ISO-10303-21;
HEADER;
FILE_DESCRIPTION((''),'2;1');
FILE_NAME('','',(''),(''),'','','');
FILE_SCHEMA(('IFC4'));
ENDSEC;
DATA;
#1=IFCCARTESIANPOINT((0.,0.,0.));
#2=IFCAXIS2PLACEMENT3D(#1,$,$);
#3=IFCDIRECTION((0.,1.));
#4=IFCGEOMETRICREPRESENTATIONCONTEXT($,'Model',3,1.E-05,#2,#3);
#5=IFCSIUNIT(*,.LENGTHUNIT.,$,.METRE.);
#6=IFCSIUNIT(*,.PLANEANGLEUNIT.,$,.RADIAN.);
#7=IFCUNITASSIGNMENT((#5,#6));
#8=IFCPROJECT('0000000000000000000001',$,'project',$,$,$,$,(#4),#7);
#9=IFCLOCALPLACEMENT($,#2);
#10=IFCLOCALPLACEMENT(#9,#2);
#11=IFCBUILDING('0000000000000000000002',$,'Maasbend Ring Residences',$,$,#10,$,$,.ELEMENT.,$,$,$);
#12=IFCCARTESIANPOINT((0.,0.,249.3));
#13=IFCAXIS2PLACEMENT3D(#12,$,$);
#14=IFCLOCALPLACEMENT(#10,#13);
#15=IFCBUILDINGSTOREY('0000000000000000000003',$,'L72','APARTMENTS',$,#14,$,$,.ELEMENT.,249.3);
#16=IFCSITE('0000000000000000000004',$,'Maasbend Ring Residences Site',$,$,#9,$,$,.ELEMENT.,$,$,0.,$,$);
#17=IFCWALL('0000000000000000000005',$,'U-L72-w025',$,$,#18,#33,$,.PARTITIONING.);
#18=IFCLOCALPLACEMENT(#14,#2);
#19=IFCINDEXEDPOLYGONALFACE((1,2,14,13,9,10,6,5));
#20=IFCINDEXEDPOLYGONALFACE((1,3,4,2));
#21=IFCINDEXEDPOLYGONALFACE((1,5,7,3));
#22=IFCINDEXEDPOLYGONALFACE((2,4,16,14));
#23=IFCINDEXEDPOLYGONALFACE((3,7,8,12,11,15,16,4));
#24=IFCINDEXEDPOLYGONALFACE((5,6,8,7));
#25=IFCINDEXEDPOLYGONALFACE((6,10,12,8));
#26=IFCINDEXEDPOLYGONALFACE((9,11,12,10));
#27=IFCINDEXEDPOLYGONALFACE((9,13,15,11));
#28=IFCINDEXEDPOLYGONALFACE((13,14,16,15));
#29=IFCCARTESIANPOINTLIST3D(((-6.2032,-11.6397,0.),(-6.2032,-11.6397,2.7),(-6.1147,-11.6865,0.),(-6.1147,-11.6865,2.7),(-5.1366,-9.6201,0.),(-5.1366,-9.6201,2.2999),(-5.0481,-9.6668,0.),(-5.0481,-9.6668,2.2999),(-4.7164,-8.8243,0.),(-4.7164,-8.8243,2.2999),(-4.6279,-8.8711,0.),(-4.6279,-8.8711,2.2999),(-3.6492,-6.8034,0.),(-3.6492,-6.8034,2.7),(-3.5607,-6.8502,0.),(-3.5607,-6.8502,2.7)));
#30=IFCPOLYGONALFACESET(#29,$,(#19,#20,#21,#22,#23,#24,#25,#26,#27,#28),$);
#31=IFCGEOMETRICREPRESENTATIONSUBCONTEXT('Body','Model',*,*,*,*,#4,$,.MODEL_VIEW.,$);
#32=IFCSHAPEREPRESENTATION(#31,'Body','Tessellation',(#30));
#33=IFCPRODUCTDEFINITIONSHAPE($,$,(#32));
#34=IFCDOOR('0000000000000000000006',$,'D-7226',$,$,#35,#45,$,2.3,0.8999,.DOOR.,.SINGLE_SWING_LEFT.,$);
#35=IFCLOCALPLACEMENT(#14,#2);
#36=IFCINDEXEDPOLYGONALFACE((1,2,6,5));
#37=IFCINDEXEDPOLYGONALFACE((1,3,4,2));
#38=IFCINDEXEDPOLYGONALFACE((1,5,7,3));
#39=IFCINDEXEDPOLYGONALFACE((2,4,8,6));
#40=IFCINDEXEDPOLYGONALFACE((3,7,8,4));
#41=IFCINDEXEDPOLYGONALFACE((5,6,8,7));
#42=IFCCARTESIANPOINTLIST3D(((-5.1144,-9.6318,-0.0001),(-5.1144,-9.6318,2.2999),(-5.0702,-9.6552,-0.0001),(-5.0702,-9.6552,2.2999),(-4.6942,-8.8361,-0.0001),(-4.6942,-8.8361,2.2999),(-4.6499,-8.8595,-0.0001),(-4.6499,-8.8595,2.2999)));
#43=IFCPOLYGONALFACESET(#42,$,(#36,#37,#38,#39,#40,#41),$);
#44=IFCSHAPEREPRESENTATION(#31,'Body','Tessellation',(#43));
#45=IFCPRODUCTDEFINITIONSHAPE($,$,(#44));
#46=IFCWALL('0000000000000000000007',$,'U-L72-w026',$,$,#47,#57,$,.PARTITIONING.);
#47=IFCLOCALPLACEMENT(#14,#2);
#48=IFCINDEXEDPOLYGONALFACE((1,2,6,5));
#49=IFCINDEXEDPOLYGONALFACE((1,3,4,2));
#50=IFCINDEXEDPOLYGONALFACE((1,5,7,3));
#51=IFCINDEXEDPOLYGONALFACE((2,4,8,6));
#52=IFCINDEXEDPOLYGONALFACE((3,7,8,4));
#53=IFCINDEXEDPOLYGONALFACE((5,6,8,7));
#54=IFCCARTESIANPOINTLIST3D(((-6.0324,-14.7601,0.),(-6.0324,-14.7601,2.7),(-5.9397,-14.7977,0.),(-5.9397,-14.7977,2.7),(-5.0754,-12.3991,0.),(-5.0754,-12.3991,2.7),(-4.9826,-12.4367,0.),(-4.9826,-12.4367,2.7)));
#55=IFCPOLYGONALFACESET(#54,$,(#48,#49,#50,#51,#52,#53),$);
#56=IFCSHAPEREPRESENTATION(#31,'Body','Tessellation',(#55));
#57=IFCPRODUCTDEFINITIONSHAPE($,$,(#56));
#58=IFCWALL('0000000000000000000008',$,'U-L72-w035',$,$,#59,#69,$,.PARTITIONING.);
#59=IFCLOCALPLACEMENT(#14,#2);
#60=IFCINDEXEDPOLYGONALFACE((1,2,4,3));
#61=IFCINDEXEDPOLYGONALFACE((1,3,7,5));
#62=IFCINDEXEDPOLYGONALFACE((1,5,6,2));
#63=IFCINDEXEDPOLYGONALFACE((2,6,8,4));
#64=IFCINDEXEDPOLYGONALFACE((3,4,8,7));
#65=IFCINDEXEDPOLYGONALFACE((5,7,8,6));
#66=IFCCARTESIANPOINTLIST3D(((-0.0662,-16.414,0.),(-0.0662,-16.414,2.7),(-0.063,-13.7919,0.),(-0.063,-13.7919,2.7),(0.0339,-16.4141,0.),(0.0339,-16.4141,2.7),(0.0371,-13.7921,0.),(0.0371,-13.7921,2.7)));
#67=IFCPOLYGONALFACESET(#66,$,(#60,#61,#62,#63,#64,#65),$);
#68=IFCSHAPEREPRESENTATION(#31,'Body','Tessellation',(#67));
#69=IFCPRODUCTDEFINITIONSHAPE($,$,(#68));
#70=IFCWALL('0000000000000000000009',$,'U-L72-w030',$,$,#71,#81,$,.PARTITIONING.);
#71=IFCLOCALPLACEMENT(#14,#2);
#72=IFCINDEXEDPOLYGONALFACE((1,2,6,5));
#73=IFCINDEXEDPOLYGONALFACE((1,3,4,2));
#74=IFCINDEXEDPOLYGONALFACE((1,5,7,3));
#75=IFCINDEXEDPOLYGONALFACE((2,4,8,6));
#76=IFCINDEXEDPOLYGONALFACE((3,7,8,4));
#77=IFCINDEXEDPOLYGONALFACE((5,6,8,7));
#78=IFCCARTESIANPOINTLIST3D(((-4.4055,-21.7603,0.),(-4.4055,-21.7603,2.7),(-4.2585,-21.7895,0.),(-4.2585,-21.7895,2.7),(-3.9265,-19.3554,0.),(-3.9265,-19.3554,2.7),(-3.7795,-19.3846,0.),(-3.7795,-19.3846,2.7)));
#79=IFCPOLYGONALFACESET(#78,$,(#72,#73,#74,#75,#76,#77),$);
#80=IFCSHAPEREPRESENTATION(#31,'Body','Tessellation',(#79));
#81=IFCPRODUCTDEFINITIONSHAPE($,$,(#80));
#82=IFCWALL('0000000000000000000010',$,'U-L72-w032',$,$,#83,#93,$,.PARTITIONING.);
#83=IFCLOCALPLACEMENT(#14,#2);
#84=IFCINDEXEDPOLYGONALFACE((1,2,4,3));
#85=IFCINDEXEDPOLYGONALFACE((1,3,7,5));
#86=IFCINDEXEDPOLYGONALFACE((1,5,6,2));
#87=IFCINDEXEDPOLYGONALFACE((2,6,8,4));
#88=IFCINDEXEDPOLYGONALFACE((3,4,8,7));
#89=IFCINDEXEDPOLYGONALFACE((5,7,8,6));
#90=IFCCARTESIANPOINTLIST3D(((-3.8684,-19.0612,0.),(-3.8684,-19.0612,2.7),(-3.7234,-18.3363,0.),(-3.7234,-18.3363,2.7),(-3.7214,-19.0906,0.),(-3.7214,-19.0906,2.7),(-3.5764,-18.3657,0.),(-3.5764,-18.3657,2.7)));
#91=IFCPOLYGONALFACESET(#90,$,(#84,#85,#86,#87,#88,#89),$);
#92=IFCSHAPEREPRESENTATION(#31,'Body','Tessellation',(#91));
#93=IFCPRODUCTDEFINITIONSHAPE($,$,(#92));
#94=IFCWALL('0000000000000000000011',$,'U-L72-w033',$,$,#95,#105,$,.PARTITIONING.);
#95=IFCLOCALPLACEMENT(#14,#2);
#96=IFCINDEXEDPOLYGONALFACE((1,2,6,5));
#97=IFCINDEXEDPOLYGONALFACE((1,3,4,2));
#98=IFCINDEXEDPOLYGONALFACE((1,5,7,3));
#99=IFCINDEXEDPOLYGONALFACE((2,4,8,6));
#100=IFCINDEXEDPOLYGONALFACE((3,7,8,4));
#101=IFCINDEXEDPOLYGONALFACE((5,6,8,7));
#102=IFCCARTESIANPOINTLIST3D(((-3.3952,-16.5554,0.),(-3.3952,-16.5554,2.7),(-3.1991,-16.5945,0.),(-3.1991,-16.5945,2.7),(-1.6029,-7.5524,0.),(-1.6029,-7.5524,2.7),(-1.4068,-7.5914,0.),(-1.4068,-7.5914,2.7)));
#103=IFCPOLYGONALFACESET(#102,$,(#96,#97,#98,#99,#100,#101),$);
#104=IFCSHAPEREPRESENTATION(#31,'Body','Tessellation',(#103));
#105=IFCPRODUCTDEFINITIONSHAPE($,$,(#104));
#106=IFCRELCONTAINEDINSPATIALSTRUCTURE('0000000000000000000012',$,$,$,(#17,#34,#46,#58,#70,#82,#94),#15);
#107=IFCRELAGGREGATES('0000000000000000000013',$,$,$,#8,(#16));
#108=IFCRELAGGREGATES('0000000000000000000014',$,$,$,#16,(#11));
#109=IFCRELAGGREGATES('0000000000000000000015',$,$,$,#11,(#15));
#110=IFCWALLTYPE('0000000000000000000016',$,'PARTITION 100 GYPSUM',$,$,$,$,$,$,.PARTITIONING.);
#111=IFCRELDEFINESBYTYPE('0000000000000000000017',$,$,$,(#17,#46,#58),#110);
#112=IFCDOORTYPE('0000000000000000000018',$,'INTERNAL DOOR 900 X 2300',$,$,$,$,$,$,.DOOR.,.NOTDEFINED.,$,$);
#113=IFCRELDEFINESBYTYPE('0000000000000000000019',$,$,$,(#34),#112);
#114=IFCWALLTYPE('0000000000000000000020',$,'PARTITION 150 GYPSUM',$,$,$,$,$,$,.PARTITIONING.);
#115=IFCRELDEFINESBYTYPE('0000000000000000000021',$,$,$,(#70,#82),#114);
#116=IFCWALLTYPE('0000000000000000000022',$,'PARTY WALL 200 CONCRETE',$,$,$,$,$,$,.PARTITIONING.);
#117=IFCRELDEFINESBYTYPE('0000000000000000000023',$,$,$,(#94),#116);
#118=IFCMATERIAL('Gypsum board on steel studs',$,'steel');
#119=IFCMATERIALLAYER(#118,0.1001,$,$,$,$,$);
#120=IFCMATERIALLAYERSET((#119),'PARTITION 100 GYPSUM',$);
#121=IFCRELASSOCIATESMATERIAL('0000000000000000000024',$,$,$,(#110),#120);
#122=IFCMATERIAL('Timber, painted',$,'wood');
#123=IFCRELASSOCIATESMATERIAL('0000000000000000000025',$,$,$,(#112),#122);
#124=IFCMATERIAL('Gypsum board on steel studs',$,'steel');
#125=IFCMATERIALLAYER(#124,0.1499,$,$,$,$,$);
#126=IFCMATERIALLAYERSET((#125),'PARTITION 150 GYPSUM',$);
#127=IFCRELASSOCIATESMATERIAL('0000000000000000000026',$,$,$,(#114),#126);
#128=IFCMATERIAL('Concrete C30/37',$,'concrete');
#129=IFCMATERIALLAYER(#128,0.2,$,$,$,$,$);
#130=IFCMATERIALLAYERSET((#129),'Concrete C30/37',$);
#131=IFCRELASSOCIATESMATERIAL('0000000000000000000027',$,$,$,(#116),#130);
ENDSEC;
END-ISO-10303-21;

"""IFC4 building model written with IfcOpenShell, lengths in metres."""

from ifc_helpers import new_model, si_unit, direction, frame, frame_2d, origin, place, context, subcontext, project, spatial, rectangle, extrude, material, layer, layer_set, type_object, element, fill, save


model = new_model("IFC4")

# Units and contexts
model_context = context("Model", 3, precision=1e-05, world=origin(), true_north=direction((0.0, 1.0)))
body_context = subcontext(model_context, "Body", "Model", "MODEL_VIEW")
ifc_project = project(units=[si_unit("LENGTHUNIT", "METRE"), si_unit("PLANEANGLEUNIT", "RADIAN")], contexts=[model_context])

# Site, building, storey
site_placement = place(None, origin())
site = spatial("IfcSite", under=ifc_project, at=site_placement, Name="Maasbend Ring Residences Site", CompositionType="ELEMENT", RefElevation=0.0)
building_placement = place(site_placement, origin())
building = spatial("IfcBuilding", under=site, at=building_placement, Name="Maasbend Ring Residences", CompositionType="ELEMENT")
storey_placement = place(building_placement, frame((0.0, 0.0, 249.3)))
storey = spatial("IfcBuildingStorey", under=building, at=storey_placement, Name="L72", Description="APARTMENTS", CompositionType="ELEMENT", Elevation=249.3)

# Wall, opening, door
ifc_material_1 = material(Name="Gypsum board on steel studs", Category="steel")
ifc_layer_1 = layer(ifc_material_1, 0.1001)
ifc_layer_set_1 = layer_set([ifc_layer_1], Name="PARTITION 100 GYPSUM")
wall_type_1 = type_object("IfcWallType", Name="PARTITION 100 GYPSUM", PredefinedType="PARTITIONING", material=ifc_layer_set_1)
ifc_material_2 = material(Name="Timber, painted", Category="wood")
door_type_1 = type_object("IfcDoorType", Name="INTERNAL DOOR 900 X 2300", OperationType="NOTDEFINED", PredefinedType="DOOR", material=ifc_material_2)
wall_1_placement = place(storey_placement, frame((-6.1589, -11.6631, 0.0), z_axis=(0.0, 0.0, 1.0), x_axis=(0.466977, 0.88427, 0.0)))
wall_1 = element("IfcWall", 1, at=wall_1_placement, inside=storey, type_object=wall_type_1, Name="U-L72-w025", PredefinedType="PARTITIONING", context=body_context, shape_type="SweptSolid", body=[
    extrude(rectangle(XDim=5.4692, YDim=0.1001, at=frame_2d((2.7346, 0.0))), origin(), (0.0, 0.0, 1.0), 2.7),
])
opening_1_placement = place(wall_1_placement, frame((2.2839, 0.0, 0.0)))
opening_1 = element("IfcOpeningElement", 2, at=opening_1_placement, cuts=wall_1, PredefinedType="OPENING", context=body_context, shape_type="SweptSolid", body=[
    extrude(rectangle(XDim=0.8999, YDim=2.3, at=frame_2d((0.45, 1.1499))), frame((0.0, 0.0601, 0.0), z_axis=(0.0, -1.0, 0.0), x_axis=(1.0, 0.0, 0.0)), (0.0, 0.0, 1.0), 0.1201),
])
door_1_placement = place(opening_1_placement, origin())
door_1 = element("IfcDoor", 3, at=door_1_placement, inside=storey, type_object=door_type_1, Name="D-7226", OperationType="SINGLE_SWING_LEFT", OverallHeight=2.3, OverallWidth=0.8999, PredefinedType="DOOR", context=body_context, shape_type="SweptSolid", body=[
    extrude(rectangle(XDim=0.8999, YDim=2.3, at=frame_2d((0.45, 1.1499))), frame((0.0, 0.0249, 0.0), z_axis=(0.0, -1.0, 0.0), x_axis=(1.0, 0.0, 0.0)), (0.0, 0.0, 1.0), 0.05),
])
fill(opening_1, door_1)

# Walls
wall_2_placement = place(storey_placement, frame((-5.9861, -14.7791, 0.0), z_axis=(0.0, 0.0, 1.0), x_axis=(0.375649, 0.926762, 0.0)))
element("IfcWall", 4, at=wall_2_placement, inside=storey, type_object=wall_type_1, Name="U-L72-w026", PredefinedType="PARTITIONING", context=body_context, shape_type="SweptSolid", body=[
    extrude(rectangle(XDim=2.5476, YDim=0.1001, at=frame_2d((1.2739, 0.0))), origin(), (0.0, 0.0, 1.0), 2.7),
])
wall_3_placement = place(storey_placement, frame((-0.0161, -16.4141, 0.0), z_axis=(0.0, 0.0, 1.0), x_axis=(0.00121, 0.999999, 0.0)))
element("IfcWall", 5, at=wall_3_placement, inside=storey, type_object=wall_type_1, Name="U-L72-w035", PredefinedType="PARTITIONING", context=body_context, shape_type="SweptSolid", body=[
    extrude(rectangle(XDim=2.6221, YDim=0.1001, at=frame_2d((1.311, 0.0))), origin(), (0.0, 0.0, 1.0), 2.7),
])
ifc_material_3 = material(Name="Gypsum board on steel studs", Category="steel")
ifc_layer_2 = layer(ifc_material_3, 0.1499)
ifc_layer_set_2 = layer_set([ifc_layer_2], Name="PARTITION 150 GYPSUM")
wall_type_2 = type_object("IfcWallType", Name="PARTITION 150 GYPSUM", PredefinedType="PARTITIONING", material=ifc_layer_set_2)
wall_4_placement = place(storey_placement, frame((-4.332, -21.7749, 0.0), z_axis=(0.0, 0.0, 1.0), x_axis=(0.19535, 0.980734, 0.0)))
element("IfcWall", 6, at=wall_4_placement, inside=storey, type_object=wall_type_2, Name="U-L72-w030", PredefinedType="PARTITIONING", context=body_context, shape_type="SweptSolid", body=[
    extrude(rectangle(XDim=2.4521, YDim=0.1499, at=frame_2d((1.2261, 0.0))), origin(), (0.0, 0.0, 1.0), 2.7),
])
wall_5_placement = place(storey_placement, frame((-3.7949, -19.0759, 0.0), z_axis=(0.0, 0.0, 1.0), x_axis=(0.19618, 0.980568, 0.0)))
element("IfcWall", 7, at=wall_5_placement, inside=storey, type_object=wall_type_2, Name="U-L72-w032", PredefinedType="PARTITIONING", context=body_context, shape_type="SweptSolid", body=[
    extrude(rectangle(XDim=0.7393, YDim=0.1499, at=frame_2d((0.3696, 0.0))), origin(), (0.0, 0.0, 1.0), 2.7),
])
ifc_material_4 = material(Name="Concrete C30/37", Category="concrete")
ifc_layer_3 = layer(ifc_material_4, 0.2)
ifc_layer_set_3 = layer_set([ifc_layer_3], Name="Concrete C30/37")
wall_type_3 = type_object("IfcWallType", Name="PARTY WALL 200 CONCRETE", PredefinedType="PARTITIONING", material=ifc_layer_set_3)
wall_6_placement = place(storey_placement, frame((-3.2971, -16.575, 0.0), z_axis=(0.0, 0.0, 1.0), x_axis=(0.195241, 0.980755, 0.0)))
element("IfcWall", 8, at=wall_6_placement, inside=storey, type_object=wall_type_3, Name="U-L72-w033", PredefinedType="PARTITIONING", context=body_context, shape_type="SweptSolid", body=[
    extrude(rectangle(XDim=9.1797, YDim=0.2, at=frame_2d((4.5898, 0.0))), origin(), (0.0, 0.0, 1.0), 2.7),
])

save(model, "model.ifc")
